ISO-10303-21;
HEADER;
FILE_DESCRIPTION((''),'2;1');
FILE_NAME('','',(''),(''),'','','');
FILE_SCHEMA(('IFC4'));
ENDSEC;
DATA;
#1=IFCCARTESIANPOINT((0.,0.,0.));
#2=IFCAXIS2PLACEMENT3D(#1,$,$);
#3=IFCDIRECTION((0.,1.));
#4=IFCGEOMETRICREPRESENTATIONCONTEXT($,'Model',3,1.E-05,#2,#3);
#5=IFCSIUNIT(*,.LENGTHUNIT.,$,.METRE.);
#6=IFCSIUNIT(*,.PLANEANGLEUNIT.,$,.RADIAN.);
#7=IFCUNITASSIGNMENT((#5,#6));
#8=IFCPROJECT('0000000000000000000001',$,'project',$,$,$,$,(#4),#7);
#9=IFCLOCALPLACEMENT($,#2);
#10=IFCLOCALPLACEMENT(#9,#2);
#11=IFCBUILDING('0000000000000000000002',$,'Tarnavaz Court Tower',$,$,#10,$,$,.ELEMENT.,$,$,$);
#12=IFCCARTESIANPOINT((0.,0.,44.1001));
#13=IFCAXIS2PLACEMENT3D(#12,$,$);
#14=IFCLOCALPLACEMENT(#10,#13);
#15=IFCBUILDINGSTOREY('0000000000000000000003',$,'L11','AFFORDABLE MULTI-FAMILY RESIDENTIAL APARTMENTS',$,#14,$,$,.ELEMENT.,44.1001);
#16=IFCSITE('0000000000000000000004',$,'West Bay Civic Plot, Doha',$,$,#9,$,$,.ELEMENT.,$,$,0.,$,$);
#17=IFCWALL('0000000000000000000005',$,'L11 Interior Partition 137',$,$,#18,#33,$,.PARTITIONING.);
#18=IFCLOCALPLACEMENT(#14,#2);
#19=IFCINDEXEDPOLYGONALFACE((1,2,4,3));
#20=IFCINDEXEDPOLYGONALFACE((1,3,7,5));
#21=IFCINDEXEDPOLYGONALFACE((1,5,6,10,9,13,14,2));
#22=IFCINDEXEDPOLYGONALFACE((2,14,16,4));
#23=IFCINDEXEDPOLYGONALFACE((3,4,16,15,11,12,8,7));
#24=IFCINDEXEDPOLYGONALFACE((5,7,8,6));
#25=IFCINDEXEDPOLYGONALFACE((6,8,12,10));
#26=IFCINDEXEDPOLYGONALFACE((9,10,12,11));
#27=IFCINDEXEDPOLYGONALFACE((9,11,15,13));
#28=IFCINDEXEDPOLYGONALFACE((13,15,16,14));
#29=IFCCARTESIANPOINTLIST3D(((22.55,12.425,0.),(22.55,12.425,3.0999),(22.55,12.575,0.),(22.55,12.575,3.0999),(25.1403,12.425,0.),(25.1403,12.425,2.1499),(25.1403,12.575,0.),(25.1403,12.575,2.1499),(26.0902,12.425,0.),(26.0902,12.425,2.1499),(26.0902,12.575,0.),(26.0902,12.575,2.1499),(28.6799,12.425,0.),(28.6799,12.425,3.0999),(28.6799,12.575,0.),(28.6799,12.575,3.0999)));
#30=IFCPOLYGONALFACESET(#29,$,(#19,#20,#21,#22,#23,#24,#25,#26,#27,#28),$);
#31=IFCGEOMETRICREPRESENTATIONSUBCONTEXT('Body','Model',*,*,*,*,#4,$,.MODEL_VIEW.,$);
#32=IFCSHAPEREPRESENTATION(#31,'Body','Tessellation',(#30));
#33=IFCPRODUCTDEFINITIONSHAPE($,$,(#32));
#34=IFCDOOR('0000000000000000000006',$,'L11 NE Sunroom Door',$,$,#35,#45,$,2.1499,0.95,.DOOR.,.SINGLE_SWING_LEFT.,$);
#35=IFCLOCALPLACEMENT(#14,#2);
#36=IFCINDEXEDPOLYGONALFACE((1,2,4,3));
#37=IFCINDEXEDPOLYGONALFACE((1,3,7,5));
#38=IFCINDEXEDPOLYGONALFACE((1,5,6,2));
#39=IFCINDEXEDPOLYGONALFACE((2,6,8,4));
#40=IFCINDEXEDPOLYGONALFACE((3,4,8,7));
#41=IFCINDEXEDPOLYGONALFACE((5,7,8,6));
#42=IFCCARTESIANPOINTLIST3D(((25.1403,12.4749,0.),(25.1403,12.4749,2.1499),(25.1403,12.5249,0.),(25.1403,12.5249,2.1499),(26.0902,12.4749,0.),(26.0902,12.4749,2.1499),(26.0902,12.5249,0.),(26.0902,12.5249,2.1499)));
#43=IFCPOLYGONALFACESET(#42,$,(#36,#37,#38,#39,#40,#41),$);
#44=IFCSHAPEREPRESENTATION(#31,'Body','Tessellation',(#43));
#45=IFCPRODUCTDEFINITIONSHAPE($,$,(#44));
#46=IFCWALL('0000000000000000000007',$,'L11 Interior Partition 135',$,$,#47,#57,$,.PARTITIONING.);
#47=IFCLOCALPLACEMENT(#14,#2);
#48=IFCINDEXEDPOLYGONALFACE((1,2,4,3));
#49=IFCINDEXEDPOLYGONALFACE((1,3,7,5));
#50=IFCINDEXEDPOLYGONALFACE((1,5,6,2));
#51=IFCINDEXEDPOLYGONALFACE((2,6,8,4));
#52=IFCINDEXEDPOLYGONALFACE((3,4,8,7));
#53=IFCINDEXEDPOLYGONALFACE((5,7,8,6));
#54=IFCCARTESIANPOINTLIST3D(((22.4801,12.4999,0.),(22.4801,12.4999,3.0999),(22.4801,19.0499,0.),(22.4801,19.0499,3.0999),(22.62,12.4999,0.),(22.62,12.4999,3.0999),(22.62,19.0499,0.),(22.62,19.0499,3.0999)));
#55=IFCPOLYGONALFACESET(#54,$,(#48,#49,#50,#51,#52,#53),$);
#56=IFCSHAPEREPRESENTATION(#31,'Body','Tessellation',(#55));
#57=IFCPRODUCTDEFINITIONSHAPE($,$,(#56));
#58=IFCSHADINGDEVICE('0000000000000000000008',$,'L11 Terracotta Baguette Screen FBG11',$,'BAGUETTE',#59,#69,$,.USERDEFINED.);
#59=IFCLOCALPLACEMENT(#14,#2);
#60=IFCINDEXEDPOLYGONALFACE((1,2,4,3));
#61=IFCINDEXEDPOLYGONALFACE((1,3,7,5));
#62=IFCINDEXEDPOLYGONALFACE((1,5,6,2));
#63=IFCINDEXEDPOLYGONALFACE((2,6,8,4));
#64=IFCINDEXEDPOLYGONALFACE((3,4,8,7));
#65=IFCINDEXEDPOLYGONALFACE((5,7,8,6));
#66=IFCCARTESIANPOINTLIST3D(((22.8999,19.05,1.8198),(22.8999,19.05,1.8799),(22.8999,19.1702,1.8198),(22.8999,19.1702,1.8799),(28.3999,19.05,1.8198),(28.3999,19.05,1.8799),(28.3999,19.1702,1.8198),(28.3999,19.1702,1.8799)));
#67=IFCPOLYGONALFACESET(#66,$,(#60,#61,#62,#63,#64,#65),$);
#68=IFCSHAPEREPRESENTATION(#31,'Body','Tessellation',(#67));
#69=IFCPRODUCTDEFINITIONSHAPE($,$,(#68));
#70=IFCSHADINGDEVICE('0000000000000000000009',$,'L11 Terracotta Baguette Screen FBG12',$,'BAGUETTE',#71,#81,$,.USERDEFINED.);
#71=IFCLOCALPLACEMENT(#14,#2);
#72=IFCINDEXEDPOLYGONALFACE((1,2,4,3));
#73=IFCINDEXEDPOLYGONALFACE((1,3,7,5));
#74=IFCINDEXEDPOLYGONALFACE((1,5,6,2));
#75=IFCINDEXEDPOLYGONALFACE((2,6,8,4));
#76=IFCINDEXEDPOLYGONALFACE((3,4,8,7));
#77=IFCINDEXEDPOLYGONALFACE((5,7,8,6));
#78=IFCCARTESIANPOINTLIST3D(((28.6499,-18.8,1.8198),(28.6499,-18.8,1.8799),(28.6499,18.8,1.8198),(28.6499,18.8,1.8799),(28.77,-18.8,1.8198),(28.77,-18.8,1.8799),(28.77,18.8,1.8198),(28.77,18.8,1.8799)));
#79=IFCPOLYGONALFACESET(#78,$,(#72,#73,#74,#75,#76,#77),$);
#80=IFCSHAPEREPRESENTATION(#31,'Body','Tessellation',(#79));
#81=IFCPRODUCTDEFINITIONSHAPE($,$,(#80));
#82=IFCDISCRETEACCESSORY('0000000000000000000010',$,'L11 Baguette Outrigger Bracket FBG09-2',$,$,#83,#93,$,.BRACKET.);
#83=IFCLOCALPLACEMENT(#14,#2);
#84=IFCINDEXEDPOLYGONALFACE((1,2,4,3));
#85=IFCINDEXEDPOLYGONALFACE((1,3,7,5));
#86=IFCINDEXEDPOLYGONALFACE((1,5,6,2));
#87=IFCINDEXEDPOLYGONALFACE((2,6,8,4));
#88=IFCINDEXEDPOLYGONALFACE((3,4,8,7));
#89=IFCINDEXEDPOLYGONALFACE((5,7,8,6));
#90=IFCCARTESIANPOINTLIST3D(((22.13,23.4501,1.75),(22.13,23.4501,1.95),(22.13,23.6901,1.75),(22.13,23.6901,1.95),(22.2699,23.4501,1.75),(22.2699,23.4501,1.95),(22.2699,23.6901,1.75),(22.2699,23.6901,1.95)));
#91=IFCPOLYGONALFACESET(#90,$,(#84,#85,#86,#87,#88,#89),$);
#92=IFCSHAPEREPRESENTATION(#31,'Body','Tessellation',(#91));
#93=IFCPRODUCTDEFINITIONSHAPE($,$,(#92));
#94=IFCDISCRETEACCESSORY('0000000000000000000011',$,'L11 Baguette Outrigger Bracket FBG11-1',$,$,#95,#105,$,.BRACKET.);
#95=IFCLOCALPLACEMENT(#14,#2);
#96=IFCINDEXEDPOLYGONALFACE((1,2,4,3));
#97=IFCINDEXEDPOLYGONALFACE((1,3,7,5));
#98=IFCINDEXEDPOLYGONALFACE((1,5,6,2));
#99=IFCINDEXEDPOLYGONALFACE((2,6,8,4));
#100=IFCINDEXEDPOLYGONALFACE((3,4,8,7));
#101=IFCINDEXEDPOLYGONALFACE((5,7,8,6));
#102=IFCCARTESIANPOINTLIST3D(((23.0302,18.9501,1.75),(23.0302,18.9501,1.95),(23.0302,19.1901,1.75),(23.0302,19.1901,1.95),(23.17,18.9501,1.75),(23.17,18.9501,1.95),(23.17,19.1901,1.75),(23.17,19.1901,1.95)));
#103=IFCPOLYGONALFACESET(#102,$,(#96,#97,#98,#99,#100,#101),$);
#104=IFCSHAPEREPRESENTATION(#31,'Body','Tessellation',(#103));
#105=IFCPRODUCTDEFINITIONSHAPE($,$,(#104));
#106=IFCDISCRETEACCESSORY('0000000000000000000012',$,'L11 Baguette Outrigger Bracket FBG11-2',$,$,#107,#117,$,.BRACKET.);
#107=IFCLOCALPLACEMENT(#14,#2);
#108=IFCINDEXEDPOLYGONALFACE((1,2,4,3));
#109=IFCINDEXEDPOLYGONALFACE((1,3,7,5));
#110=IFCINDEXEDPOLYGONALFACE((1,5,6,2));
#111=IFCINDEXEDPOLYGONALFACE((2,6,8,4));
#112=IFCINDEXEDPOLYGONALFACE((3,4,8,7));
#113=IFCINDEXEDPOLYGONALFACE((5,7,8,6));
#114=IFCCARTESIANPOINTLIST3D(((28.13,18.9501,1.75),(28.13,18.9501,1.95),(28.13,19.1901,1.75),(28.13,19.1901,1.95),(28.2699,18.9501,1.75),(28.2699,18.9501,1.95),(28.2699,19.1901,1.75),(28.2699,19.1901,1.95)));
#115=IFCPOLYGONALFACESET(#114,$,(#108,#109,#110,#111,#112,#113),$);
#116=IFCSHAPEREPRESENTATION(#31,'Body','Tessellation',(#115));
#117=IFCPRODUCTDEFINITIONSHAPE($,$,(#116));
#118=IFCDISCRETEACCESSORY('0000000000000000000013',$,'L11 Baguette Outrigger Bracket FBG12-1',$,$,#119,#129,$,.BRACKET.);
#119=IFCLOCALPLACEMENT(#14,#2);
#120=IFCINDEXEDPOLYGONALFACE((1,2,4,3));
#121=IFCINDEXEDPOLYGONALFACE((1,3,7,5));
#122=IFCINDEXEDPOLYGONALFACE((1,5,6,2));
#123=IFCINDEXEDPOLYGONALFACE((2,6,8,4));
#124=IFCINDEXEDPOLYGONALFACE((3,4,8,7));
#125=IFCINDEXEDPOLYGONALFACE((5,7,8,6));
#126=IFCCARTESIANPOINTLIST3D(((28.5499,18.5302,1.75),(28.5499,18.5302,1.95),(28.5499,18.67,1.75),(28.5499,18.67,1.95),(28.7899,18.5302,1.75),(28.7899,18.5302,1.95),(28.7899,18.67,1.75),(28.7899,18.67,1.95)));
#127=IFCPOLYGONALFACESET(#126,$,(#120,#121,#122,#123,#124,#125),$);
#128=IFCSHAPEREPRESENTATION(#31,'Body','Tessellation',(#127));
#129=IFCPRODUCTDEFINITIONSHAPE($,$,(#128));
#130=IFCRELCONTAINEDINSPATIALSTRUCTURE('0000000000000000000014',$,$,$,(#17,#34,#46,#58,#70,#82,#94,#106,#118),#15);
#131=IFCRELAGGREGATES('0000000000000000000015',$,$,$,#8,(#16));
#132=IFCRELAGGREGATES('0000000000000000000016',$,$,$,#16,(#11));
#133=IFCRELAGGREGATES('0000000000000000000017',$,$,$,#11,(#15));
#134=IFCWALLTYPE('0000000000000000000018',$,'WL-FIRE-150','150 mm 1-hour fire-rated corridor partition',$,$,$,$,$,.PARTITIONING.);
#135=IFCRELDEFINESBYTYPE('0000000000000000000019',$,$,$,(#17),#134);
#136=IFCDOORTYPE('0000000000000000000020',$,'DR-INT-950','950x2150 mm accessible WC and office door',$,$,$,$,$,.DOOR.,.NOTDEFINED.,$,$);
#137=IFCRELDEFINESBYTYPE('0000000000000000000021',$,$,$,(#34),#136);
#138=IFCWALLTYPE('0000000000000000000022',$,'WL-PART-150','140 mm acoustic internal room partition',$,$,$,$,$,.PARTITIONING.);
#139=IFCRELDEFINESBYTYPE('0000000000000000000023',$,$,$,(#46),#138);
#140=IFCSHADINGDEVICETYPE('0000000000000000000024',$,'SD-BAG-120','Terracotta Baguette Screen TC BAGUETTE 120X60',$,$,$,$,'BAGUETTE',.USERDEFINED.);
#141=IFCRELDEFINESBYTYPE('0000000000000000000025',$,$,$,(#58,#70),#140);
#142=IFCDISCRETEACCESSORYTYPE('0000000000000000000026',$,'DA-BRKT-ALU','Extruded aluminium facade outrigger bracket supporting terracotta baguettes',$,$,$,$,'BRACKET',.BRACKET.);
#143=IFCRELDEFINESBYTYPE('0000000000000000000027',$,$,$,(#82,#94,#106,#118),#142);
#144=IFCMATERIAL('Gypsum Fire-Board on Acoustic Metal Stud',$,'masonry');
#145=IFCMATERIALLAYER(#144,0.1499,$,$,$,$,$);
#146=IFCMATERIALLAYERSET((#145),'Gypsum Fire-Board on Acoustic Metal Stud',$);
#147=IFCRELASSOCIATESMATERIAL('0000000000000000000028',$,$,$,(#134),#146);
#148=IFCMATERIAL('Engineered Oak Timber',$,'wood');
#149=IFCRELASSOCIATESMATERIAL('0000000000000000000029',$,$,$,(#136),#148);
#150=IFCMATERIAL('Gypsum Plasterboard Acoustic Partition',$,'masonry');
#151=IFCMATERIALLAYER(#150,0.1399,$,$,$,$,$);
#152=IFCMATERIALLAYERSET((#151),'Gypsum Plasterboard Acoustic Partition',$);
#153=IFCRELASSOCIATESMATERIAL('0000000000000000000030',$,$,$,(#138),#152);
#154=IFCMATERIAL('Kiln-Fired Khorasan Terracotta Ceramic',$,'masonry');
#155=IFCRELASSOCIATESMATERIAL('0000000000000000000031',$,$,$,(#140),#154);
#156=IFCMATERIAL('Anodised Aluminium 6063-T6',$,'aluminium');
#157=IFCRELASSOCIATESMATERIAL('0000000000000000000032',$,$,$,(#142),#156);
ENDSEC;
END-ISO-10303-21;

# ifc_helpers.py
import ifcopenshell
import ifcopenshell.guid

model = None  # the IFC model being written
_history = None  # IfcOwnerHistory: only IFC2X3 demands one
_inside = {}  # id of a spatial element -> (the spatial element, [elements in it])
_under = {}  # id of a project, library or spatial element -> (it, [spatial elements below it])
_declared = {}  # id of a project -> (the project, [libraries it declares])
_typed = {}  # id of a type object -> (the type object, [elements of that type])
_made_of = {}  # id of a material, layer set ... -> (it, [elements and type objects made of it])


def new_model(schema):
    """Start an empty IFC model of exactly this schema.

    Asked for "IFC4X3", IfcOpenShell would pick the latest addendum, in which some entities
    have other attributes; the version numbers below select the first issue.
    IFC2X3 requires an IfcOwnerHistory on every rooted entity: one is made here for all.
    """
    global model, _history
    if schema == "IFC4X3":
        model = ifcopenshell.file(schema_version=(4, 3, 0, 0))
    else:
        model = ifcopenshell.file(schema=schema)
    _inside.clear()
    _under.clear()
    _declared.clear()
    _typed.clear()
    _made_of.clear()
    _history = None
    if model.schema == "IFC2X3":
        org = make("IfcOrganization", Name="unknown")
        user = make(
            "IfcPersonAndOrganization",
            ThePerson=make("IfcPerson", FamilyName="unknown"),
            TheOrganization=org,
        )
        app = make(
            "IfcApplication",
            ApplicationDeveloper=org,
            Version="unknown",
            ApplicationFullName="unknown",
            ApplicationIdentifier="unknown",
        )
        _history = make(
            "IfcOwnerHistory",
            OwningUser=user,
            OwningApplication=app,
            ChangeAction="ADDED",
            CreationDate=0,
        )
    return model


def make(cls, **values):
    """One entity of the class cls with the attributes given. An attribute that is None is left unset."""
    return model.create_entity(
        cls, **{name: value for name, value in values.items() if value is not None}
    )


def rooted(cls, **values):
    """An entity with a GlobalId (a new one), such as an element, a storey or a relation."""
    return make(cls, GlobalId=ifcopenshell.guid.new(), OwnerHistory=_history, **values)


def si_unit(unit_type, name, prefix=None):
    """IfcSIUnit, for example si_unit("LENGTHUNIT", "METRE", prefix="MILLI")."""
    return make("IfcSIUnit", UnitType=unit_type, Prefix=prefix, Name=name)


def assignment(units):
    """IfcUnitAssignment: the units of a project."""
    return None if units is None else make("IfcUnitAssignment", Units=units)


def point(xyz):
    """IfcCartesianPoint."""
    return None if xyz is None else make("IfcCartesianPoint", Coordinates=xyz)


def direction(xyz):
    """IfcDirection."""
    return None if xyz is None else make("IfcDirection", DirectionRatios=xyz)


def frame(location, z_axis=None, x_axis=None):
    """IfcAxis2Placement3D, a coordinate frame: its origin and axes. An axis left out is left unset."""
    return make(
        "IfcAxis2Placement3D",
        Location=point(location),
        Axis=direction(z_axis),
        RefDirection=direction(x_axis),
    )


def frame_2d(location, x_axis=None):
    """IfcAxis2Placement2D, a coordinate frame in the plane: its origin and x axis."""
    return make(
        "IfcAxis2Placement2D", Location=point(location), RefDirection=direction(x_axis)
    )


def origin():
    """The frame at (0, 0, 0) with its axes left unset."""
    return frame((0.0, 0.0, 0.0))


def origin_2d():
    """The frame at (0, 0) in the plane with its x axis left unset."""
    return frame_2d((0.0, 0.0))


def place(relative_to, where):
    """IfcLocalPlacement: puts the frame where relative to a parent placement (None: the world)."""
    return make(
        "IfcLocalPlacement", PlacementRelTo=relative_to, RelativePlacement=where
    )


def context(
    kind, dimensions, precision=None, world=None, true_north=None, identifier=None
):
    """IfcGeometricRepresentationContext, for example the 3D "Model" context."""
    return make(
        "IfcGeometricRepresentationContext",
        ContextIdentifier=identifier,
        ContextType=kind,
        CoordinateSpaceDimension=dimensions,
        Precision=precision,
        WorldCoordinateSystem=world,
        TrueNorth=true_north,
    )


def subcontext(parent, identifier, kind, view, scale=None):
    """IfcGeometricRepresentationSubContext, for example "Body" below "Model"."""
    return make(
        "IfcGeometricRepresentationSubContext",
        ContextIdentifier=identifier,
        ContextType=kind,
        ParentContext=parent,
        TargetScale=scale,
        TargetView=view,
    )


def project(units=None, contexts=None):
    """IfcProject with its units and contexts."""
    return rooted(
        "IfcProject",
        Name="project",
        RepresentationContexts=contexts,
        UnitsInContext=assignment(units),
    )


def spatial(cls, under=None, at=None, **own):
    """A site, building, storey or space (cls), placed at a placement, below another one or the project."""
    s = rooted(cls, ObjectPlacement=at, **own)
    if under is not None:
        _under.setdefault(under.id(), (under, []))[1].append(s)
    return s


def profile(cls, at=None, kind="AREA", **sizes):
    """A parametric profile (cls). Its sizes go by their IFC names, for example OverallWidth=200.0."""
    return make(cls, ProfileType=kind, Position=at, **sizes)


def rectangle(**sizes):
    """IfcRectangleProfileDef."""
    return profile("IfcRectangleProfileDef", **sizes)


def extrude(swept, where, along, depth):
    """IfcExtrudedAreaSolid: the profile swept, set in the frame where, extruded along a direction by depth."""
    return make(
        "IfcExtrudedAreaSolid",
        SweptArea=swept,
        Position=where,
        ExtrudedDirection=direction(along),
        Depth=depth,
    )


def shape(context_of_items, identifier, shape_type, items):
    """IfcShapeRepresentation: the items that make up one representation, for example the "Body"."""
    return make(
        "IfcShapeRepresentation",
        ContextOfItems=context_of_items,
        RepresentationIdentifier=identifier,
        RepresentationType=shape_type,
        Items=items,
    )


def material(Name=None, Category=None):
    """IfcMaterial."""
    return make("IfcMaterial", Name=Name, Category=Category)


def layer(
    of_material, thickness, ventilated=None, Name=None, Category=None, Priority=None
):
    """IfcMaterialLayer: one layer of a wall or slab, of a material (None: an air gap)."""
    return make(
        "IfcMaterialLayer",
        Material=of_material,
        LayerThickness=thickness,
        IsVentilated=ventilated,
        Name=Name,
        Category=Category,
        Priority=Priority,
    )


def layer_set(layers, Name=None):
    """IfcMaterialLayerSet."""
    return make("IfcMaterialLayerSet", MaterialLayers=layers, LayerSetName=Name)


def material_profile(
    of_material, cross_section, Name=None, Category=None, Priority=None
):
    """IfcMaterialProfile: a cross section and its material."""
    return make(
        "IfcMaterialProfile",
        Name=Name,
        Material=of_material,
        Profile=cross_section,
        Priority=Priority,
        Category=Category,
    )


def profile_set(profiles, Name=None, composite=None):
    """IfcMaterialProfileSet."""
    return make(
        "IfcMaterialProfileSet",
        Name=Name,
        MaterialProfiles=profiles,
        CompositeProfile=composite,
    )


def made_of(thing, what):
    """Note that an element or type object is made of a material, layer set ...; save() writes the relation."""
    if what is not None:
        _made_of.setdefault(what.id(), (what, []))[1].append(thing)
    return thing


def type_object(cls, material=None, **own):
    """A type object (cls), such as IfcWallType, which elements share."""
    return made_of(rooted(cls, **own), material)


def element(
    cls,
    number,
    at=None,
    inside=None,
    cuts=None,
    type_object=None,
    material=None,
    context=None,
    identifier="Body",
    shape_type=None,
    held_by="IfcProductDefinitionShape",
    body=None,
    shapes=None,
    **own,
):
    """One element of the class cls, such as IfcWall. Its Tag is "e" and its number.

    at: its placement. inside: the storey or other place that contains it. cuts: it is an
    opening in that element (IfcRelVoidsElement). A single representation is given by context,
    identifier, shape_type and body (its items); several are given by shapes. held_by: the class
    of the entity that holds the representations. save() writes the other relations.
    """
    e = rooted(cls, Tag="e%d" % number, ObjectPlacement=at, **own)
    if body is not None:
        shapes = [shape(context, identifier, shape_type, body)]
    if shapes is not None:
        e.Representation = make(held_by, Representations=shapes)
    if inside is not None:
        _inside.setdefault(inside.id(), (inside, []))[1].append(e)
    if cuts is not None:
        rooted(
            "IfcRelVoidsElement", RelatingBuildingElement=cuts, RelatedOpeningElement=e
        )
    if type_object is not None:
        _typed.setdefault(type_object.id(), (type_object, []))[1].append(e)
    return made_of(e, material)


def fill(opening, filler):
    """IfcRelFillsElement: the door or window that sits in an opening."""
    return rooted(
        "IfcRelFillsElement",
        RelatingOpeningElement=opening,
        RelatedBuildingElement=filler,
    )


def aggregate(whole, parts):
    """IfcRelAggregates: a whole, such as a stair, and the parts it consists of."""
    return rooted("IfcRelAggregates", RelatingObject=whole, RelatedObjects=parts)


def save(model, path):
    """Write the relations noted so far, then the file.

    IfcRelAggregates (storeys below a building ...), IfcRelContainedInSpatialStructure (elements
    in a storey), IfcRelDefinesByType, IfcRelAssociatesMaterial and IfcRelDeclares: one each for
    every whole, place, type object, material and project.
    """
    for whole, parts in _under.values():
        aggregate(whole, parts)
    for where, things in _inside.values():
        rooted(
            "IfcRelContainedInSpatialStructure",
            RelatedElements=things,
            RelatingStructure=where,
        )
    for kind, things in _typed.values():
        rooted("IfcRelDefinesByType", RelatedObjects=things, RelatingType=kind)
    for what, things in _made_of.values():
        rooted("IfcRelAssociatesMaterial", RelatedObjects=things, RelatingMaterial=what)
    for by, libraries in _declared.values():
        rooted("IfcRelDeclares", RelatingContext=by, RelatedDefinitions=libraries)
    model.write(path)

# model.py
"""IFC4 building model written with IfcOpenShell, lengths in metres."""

from ifc_helpers import new_model, si_unit, direction, frame, frame_2d, origin, origin_2d, place, context, subcontext, project, spatial, rectangle, extrude, material, layer, layer_set, material_profile, profile_set, type_object, element, fill, save


model = new_model("IFC4")

# Units and contexts
model_context = context("Model", 3, precision=1e-05, world=origin(), true_north=direction((0.0, 1.0)))
body_context = subcontext(model_context, "Body", "Model", "MODEL_VIEW")
ifc_project = project(units=[si_unit("LENGTHUNIT", "METRE"), si_unit("PLANEANGLEUNIT", "RADIAN")], contexts=[model_context])

# Site, building, storey
site_placement = place(None, origin())
site = spatial("IfcSite", under=ifc_project, at=site_placement, Name="West Bay Civic Plot, Doha", CompositionType="ELEMENT", RefElevation=0.0)
building_placement = place(site_placement, origin())
building = spatial("IfcBuilding", under=site, at=building_placement, Name="Tarnavaz Court Tower", CompositionType="ELEMENT")
storey_placement = place(building_placement, frame((0.0, 0.0, 44.1001)))
storey = spatial("IfcBuildingStorey", under=building, at=storey_placement, Name="L11", Description="AFFORDABLE MULTI-FAMILY RESIDENTIAL APARTMENTS", CompositionType="ELEMENT", Elevation=44.1001)

# Wall, opening, door
ifc_material_1 = material(Name="Gypsum Fire-Board on Acoustic Metal Stud", Category="masonry")
ifc_layer_1 = layer(ifc_material_1, 0.1499)
ifc_layer_set_1 = layer_set([ifc_layer_1], Name="Gypsum Fire-Board on Acoustic Metal Stud")
wall_type_1 = type_object("IfcWallType", Name="WL-FIRE-150", Description="150 mm 1-hour fire-rated corridor partition", PredefinedType="PARTITIONING", material=ifc_layer_set_1)
wall_1_placement = place(storey_placement, frame((22.55, 12.5, 0.0), z_axis=(0.0, 0.0, 1.0), x_axis=(1.0, 0.0, 0.0)))
wall_1 = element("IfcWall", 1, at=wall_1_placement, inside=storey, type_object=wall_type_1, Name="L11 Interior Partition 137", PredefinedType="PARTITIONING", context=body_context, shape_type="SweptSolid", body=[
    extrude(rectangle(XDim=6.1299, YDim=0.1499, at=frame_2d((3.0649, 0.0))), origin(), (0.0, 0.0, 1.0), 3.0999),
])
opening_1_placement = place(wall_1_placement, frame((2.5901, 0.0, 0.0)))
opening_1 = element("IfcOpeningElement", 2, at=opening_1_placement, cuts=wall_1, PredefinedType="OPENING", context=body_context, shape_type="SweptSolid", body=[
    extrude(rectangle(XDim=0.95, YDim=2.1499, at=frame_2d((0.4751, 1.075))), frame((0.0, 0.085, 0.0), z_axis=(0.0, -1.0, 0.0), x_axis=(1.0, 0.0, 0.0)), (0.0, 0.0, 1.0), 0.1699),
])
ifc_material_2 = material(Name="Engineered Oak Timber", Category="wood")
door_type = type_object("IfcDoorType", Name="DR-INT-950", Description="950x2150 mm accessible WC and office door", OperationType="NOTDEFINED", PredefinedType="DOOR", material=ifc_material_2)
door_placement = place(opening_1_placement, origin())
door = element("IfcDoor", 3, at=door_placement, inside=storey, type_object=door_type, Name="L11 NE Sunroom Door", OperationType="SINGLE_SWING_LEFT", OverallHeight=2.1499, OverallWidth=0.95, PredefinedType="DOOR", context=body_context, shape_type="SweptSolid", body=[
    extrude(rectangle(XDim=0.95, YDim=2.1499, at=frame_2d((0.4751, 1.075))), frame((0.0, 0.0249, 0.0), z_axis=(0.0, -1.0, 0.0), x_axis=(1.0, 0.0, 0.0)), (0.0, 0.0, 1.0), 0.05),
])
fill(opening_1, door)

# Wall
ifc_material_3 = material(Name="Gypsum Plasterboard Acoustic Partition", Category="masonry")
ifc_layer_2 = layer(ifc_material_3, 0.1399)
ifc_layer_set_2 = layer_set([ifc_layer_2], Name="Gypsum Plasterboard Acoustic Partition")
wall_type_2 = type_object("IfcWallType", Name="WL-PART-150", Description="140 mm acoustic internal room partition", PredefinedType="PARTITIONING", material=ifc_layer_set_2)
wall_2_placement = place(storey_placement, frame((22.55, 12.5, 0.0), z_axis=(0.0, 0.0, 1.0), x_axis=(0.0, 1.0, 0.0)))
element("IfcWall", 4, at=wall_2_placement, inside=storey, type_object=wall_type_2, Name="L11 Interior Partition 135", PredefinedType="PARTITIONING", context=body_context, shape_type="SweptSolid", body=[
    extrude(rectangle(XDim=6.55, YDim=0.1399, at=frame_2d((3.2749, 0.0))), origin(), (0.0, 0.0, 1.0), 3.0999),
])

# Shading devices
ifc_material_4 = material(Name="Kiln-Fired Khorasan Terracotta Ceramic", Category="masonry")
ifc_material_profile_1 = material_profile(ifc_material_4, rectangle(XDim=0.1201, YDim=0.0601, at=origin_2d()), Name="TC BAGUETTE 120X60")
ifc_profile_set_1 = profile_set([ifc_material_profile_1], Name="Kiln-Fired Khorasan Terracotta Ceramic")
shading_device_type = type_object("IfcShadingDeviceType", Name="SD-BAG-120", Description="Terracotta Baguette Screen TC BAGUETTE 120X60", ElementType="BAGUETTE", PredefinedType="USERDEFINED", material=ifc_profile_set_1)
shading_device_1_placement = place(storey_placement, frame((22.8999, 19.1101, 1.8499), z_axis=(1.0, 0.0, 0.0), x_axis=(0.0, 1.0, 0.0)))
element("IfcShadingDevice", 5, at=shading_device_1_placement, inside=storey, type_object=shading_device_type, Name="L11 Terracotta Baguette Screen FBG11", ObjectType="BAGUETTE", PredefinedType="USERDEFINED", context=body_context, shape_type="SweptSolid", body=[
    extrude(rectangle(XDim=0.1201, YDim=0.0601, at=origin_2d()), origin(), (0.0, 0.0, 1.0), 5.5),
])
shading_device_2_placement = place(storey_placement, frame((28.71, 18.8, 1.8499), z_axis=(0.0, -1.0, 0.0), x_axis=(1.0, 0.0, 0.0)))
element("IfcShadingDevice", 6, at=shading_device_2_placement, inside=storey, type_object=shading_device_type, Name="L11 Terracotta Baguette Screen FBG12", ObjectType="BAGUETTE", PredefinedType="USERDEFINED", context=body_context, shape_type="SweptSolid", body=[
    extrude(rectangle(XDim=0.1201, YDim=0.0601, at=origin_2d()), origin(), (0.0, 0.0, 1.0), 37.6001),
])

# Discrete accessories
ifc_material_5 = material(Name="Anodised Aluminium 6063-T6", Category="aluminium")
discrete_accessory_type = type_object("IfcDiscreteAccessoryType", Name="DA-BRKT-ALU", Description="Extruded aluminium facade outrigger bracket supporting terracotta baguettes", ElementType="BRACKET", PredefinedType="BRACKET", material=ifc_material_5)
for number, where, z_axis, x_axis, name in (
    (7, (22.2, 23.5701, 1.75), (0.0, 0.0, 1.0), (1.0, 0.0, 0.0), "L11 Baguette Outrigger Bracket FBG09-2"),
    (8, (23.1001, 19.0701, 1.75), (0.0, 0.0, 1.0), (1.0, 0.0, 0.0), "L11 Baguette Outrigger Bracket FBG11-1"),
    (9, (28.2, 19.0701, 1.75), (0.0, 0.0, 1.0), (1.0, 0.0, 0.0), "L11 Baguette Outrigger Bracket FBG11-2"),
    (10, (28.6699, 18.6001, 1.75), (0.0, 0.0, 1.0), (0.0, -1.0, 0.0), "L11 Baguette Outrigger Bracket FBG12-1"),
):
    element("IfcDiscreteAccessory", number, at=place(storey_placement, frame(where, z_axis=z_axis, x_axis=x_axis)), inside=storey, type_object=discrete_accessory_type, Name=name, PredefinedType="BRACKET", context=body_context, shape_type="SweptSolid", body=[
        extrude(rectangle(XDim=0.1399, YDim=0.24, at=origin_2d()), origin(), (0.0, 0.0, 1.0), 0.2),
    ])

save(model, "model.ifc")
